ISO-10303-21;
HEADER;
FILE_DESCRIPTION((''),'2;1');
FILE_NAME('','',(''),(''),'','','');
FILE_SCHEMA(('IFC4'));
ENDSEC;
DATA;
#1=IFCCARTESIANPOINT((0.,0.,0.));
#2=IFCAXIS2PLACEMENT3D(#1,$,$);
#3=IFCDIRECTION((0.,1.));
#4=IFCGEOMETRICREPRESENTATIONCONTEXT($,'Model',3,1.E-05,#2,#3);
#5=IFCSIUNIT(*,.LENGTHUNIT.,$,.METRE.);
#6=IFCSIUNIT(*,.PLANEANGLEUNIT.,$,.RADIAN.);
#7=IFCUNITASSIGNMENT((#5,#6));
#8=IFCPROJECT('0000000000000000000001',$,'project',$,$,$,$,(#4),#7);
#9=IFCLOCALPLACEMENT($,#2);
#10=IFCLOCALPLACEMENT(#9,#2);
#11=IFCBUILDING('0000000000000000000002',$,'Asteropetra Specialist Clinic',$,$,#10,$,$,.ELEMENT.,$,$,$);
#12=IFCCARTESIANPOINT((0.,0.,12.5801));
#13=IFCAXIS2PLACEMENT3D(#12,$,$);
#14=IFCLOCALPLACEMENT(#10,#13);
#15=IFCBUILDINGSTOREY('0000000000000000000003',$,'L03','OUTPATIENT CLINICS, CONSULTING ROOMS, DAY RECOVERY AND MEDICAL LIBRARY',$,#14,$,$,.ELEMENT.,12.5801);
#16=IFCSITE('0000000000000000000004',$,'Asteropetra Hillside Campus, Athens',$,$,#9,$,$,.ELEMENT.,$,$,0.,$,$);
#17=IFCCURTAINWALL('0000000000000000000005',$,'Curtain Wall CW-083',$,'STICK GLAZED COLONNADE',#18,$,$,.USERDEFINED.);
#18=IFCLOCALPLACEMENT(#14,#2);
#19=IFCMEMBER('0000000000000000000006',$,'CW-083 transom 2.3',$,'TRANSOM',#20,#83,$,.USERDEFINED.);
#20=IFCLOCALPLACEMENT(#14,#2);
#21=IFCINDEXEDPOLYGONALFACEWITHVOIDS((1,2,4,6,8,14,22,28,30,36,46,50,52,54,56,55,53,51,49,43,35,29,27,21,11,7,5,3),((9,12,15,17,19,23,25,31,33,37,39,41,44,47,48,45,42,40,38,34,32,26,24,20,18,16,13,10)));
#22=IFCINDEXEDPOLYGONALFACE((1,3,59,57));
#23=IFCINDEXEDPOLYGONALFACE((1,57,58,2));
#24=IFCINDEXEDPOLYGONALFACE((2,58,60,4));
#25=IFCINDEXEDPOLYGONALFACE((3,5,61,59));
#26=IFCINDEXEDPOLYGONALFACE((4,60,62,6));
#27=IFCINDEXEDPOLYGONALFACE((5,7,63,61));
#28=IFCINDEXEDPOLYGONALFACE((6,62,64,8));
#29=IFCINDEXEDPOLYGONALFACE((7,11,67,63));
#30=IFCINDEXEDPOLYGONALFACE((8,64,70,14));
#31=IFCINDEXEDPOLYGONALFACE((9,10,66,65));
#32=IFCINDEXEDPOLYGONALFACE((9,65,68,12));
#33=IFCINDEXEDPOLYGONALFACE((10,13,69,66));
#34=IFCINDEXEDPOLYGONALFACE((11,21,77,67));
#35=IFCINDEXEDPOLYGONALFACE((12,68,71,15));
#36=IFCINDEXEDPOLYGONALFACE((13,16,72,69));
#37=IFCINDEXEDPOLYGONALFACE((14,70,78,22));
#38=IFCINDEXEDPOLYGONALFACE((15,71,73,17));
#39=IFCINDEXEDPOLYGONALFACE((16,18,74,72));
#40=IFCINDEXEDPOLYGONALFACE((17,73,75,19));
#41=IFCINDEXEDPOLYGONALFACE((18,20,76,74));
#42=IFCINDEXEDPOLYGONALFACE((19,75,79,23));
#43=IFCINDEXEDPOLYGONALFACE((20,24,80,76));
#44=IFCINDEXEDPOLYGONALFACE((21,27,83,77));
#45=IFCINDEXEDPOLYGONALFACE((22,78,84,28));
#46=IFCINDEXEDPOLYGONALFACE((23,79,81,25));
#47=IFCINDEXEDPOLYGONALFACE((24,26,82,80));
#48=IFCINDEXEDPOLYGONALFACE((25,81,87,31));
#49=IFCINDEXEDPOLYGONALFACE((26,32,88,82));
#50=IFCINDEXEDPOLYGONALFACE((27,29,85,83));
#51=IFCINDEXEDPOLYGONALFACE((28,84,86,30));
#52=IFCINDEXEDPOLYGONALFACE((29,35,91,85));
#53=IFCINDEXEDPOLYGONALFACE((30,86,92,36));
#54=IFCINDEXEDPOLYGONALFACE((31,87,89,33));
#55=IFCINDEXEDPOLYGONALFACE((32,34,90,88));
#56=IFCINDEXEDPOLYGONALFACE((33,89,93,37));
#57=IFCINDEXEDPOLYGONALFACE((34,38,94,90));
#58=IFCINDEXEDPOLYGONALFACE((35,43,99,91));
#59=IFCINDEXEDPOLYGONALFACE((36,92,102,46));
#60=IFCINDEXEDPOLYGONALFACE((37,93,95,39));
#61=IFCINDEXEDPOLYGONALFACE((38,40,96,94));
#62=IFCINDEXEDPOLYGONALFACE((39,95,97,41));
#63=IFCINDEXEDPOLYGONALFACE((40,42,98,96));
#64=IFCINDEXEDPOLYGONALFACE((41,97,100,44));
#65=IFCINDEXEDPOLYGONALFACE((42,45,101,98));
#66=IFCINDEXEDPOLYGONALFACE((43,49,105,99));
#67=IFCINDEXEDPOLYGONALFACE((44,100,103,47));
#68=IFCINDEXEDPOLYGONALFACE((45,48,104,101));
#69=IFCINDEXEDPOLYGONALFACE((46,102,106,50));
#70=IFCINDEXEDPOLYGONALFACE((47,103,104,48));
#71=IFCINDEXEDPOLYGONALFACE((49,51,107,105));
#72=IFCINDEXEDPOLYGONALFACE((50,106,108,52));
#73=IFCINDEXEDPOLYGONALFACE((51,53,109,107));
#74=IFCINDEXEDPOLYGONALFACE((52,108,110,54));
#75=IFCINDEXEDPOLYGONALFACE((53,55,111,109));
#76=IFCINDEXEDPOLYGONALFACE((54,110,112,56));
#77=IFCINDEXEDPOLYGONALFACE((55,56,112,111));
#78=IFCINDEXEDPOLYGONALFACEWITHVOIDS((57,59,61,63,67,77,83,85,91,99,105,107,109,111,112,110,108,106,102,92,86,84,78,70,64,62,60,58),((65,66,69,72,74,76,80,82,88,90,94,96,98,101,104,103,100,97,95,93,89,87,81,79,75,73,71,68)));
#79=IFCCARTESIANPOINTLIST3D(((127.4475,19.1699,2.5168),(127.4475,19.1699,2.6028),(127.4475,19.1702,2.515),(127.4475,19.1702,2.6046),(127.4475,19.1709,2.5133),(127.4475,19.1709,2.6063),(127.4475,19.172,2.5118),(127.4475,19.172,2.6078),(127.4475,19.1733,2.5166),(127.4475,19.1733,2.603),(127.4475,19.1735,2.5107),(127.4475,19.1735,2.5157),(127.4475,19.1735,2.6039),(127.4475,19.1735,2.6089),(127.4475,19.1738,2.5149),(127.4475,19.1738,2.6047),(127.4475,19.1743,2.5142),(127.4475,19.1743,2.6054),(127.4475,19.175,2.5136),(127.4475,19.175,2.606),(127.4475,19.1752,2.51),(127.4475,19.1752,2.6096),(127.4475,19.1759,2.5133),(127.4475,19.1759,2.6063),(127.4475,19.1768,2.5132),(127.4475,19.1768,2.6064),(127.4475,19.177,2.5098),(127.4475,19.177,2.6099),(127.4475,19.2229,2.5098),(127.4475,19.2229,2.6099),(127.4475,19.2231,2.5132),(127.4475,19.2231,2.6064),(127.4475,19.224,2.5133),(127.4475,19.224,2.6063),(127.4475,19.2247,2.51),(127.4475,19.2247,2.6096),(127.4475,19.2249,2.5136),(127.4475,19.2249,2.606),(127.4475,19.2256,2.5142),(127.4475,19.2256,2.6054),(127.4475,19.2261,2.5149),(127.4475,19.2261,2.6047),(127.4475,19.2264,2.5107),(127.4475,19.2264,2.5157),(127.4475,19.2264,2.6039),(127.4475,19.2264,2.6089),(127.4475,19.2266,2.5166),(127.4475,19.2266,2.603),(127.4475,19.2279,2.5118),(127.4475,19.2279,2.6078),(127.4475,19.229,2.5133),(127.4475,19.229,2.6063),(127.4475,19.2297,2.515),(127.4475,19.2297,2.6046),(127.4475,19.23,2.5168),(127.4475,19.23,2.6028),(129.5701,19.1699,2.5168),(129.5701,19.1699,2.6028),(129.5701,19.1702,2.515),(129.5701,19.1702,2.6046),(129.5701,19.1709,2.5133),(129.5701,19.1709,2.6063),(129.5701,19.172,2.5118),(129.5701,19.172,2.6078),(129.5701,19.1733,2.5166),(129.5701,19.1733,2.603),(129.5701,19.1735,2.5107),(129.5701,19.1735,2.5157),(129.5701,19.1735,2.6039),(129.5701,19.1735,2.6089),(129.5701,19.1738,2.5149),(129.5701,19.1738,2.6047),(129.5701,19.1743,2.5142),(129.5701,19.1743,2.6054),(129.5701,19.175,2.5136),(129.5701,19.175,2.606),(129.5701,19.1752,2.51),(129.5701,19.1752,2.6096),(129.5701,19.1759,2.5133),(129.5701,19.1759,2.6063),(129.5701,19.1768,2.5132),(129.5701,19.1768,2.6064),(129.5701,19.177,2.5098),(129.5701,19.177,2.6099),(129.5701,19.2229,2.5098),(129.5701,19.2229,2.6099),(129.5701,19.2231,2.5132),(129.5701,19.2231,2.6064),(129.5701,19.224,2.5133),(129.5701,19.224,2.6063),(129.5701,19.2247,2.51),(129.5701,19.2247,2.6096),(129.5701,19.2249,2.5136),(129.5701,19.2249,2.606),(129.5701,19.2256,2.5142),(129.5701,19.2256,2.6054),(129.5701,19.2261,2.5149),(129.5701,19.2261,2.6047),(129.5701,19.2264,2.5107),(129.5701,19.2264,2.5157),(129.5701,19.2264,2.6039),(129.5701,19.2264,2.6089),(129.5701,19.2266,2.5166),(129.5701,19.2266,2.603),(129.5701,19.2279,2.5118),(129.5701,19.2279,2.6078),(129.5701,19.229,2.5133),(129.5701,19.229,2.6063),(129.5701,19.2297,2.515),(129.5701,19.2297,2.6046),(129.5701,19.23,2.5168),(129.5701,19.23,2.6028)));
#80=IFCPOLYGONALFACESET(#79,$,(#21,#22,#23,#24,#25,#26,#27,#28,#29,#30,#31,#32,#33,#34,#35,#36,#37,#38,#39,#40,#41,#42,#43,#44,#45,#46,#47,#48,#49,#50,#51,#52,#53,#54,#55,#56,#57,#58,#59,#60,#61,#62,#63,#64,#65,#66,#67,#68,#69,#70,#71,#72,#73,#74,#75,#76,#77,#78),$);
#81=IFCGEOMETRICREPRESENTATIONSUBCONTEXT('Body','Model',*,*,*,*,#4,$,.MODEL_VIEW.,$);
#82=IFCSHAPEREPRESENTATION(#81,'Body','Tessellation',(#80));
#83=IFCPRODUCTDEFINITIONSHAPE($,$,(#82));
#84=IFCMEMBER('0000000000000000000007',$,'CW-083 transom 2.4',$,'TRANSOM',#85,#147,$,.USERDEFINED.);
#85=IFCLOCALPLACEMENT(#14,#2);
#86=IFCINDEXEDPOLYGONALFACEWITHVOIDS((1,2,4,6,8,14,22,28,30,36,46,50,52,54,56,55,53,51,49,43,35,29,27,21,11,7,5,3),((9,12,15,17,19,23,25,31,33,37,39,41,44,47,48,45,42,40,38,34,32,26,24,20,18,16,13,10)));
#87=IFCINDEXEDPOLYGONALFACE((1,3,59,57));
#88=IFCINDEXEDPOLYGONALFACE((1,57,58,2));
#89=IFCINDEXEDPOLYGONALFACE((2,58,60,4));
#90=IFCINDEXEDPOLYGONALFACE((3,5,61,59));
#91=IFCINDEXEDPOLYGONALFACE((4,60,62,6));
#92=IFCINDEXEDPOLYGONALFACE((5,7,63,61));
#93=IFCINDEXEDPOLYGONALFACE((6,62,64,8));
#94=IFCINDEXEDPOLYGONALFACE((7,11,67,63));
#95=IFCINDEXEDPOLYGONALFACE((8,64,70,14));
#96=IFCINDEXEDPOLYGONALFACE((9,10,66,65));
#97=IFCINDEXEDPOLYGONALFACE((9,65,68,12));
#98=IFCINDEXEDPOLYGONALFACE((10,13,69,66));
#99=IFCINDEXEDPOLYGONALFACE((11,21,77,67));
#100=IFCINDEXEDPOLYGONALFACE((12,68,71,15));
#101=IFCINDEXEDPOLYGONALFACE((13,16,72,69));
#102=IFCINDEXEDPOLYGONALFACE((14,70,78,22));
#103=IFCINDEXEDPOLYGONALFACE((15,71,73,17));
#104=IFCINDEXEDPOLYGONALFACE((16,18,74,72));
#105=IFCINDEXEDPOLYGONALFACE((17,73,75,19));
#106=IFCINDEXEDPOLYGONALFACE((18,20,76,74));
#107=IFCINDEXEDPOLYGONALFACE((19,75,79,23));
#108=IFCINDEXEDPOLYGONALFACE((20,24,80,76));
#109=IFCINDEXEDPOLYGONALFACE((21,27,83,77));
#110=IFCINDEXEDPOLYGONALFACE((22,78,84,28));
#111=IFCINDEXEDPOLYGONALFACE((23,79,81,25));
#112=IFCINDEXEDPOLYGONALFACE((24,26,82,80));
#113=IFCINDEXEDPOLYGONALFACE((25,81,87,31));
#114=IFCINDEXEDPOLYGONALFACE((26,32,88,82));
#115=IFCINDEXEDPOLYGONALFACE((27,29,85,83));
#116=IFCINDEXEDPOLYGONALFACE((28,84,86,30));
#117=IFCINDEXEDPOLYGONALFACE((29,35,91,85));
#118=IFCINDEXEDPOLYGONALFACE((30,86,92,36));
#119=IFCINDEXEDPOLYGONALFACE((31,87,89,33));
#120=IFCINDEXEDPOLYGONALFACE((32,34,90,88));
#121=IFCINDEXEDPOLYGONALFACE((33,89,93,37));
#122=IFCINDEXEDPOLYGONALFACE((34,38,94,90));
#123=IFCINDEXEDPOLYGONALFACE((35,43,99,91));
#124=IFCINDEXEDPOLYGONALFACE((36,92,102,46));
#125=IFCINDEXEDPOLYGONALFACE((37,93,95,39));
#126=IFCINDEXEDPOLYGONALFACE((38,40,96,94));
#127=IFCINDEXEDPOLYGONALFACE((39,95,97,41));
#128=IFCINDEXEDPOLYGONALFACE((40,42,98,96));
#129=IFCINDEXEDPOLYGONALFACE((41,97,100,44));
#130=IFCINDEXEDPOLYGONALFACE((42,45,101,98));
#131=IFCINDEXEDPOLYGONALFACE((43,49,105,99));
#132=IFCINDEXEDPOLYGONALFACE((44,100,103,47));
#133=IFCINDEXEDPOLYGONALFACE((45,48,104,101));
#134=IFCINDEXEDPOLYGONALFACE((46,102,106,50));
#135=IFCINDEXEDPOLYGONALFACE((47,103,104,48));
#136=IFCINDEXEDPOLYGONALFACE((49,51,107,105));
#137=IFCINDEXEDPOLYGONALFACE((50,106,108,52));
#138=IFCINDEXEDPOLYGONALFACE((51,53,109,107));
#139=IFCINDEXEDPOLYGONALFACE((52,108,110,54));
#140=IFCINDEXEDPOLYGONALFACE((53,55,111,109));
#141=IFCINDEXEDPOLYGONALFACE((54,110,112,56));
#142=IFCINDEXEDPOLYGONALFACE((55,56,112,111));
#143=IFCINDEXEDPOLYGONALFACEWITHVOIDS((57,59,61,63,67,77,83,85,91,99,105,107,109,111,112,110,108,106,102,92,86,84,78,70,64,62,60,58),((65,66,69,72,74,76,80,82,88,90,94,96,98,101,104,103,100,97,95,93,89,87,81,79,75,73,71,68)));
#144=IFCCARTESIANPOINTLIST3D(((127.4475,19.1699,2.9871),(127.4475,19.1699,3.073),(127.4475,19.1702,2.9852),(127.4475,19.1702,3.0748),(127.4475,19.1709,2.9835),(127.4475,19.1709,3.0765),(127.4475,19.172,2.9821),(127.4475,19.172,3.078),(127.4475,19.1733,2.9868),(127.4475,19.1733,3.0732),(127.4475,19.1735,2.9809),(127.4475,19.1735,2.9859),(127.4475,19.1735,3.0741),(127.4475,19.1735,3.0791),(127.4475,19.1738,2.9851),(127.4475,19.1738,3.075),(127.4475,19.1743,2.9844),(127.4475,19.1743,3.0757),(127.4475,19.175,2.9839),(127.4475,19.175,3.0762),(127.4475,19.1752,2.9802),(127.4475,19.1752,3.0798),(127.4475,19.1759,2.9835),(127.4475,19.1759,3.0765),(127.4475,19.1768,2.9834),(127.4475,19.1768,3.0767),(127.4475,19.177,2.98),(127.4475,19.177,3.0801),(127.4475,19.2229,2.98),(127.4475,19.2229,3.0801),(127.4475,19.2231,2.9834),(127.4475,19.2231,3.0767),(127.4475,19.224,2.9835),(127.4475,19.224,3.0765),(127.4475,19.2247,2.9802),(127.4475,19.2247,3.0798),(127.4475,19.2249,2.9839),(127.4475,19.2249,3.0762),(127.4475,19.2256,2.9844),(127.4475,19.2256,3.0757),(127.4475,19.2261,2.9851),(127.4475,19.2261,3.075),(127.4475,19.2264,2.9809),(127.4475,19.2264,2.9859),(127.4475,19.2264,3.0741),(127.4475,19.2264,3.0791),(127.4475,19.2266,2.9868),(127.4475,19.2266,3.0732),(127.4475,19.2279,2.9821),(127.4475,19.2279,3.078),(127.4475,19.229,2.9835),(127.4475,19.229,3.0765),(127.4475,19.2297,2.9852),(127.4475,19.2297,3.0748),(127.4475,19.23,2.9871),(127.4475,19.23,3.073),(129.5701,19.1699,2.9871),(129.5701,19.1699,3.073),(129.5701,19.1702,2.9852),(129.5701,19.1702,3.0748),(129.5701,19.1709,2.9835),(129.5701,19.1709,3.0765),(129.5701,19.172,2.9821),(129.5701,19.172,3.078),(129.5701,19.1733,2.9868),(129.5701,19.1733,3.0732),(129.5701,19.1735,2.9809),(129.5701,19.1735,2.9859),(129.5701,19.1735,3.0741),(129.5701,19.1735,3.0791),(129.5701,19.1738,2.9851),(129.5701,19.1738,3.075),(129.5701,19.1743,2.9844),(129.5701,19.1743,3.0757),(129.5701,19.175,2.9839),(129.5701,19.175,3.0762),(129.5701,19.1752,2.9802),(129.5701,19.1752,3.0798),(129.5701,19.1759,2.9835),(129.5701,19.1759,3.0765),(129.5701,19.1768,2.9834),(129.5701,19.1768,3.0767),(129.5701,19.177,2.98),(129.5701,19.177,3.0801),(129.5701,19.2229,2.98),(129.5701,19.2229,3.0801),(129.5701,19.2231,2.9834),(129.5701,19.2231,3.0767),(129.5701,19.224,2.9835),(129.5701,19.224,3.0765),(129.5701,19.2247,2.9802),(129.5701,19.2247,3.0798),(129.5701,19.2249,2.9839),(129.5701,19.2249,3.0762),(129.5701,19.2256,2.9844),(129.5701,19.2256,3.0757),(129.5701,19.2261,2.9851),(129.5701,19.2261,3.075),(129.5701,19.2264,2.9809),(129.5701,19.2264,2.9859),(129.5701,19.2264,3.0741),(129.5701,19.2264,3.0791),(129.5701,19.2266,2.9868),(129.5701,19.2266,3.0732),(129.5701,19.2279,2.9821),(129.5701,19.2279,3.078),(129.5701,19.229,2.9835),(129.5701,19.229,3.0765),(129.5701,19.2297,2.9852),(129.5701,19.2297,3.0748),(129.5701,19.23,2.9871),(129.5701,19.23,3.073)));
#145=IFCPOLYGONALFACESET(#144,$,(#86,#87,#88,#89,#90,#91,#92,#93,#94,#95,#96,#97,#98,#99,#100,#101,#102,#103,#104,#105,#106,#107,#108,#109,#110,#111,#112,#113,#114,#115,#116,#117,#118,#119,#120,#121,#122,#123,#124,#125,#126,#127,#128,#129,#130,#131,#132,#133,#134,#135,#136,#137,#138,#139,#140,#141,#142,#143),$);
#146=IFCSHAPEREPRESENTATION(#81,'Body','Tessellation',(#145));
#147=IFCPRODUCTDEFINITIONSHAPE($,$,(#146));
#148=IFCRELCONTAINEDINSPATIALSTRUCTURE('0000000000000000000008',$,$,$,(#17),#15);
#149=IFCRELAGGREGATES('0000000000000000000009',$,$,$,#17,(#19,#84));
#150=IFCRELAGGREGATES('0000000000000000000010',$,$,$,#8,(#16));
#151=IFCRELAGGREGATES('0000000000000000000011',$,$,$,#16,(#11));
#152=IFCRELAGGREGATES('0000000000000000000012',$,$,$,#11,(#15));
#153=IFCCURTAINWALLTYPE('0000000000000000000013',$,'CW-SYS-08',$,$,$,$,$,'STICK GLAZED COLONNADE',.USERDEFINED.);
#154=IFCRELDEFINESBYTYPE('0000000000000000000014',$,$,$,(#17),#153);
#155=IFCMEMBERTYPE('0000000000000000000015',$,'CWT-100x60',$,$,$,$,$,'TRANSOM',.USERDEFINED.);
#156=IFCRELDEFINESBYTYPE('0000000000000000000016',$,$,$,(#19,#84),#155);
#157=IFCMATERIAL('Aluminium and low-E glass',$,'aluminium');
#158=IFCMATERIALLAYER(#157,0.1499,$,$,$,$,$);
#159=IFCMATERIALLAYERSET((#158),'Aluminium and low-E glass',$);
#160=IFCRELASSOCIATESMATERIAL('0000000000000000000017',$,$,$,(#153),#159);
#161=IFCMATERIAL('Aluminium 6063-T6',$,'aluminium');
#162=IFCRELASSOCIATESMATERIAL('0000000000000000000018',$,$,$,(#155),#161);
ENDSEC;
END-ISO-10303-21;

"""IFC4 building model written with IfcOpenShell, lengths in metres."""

from ifc_helpers import new_model, si_unit, direction, frame, origin, origin_2d, place, context, subcontext, project, spatial, hollow_rectangle, extrude, material, layer, layer_set, material_profile, profile_set, type_object, element, aggregate, save


model = new_model("IFC4")

# Units and contexts
model_context = context("Model", 3, precision=1e-05, world=origin(), true_north=direction((0.0, 1.0)))
body_context = subcontext(model_context, "Body", "Model", "MODEL_VIEW")
ifc_project = project(units=[si_unit("LENGTHUNIT", "METRE"), si_unit("PLANEANGLEUNIT", "RADIAN")], contexts=[model_context])

# Site, building, storey
site_placement = place(None, origin())
site = spatial("IfcSite", under=ifc_project, at=site_placement, Name="Asteropetra Hillside Campus, Athens", CompositionType="ELEMENT", RefElevation=0.0)
building_placement = place(site_placement, origin())
building = spatial("IfcBuilding", under=site, at=building_placement, Name="Asteropetra Specialist Clinic", CompositionType="ELEMENT")
storey_placement = place(building_placement, frame((0.0, 0.0, 12.5801)))
storey = spatial("IfcBuildingStorey", under=building, at=storey_placement, Name="L03", Description="OUTPATIENT CLINICS, CONSULTING ROOMS, DAY RECOVERY AND MEDICAL LIBRARY", CompositionType="ELEMENT", Elevation=12.5801)

# Curtain wall
ifc_material_1 = material(Name="Aluminium and low-E glass", Category="aluminium")
ifc_layer_1 = layer(ifc_material_1, 0.1499)
ifc_layer_set_1 = layer_set([ifc_layer_1], Name="Aluminium and low-E glass")
curtain_wall_type_1 = type_object("IfcCurtainWallType", Name="CW-SYS-08", ElementType="STICK GLAZED COLONNADE", PredefinedType="USERDEFINED", material=ifc_layer_set_1)
curtain_wall_1_placement = place(storey_placement, origin())
curtain_wall_1 = element("IfcCurtainWall", 1, at=curtain_wall_1_placement, inside=storey, type_object=curtain_wall_type_1, Name="Curtain Wall CW-083", ObjectType="STICK GLAZED COLONNADE", PredefinedType="USERDEFINED")

# Members
ifc_material_2 = material(Name="Aluminium 6063-T6", Category="aluminium")
ifc_material_profile_1 = material_profile(ifc_material_2, hollow_rectangle(XDim=0.0601, YDim=0.1001, WallThickness=0.0034, InnerFilletRadius=0.0034, OuterFilletRadius=0.0071, at=origin_2d()), Name="TRN 100x60x3.5")
ifc_profile_set_1 = profile_set([ifc_material_profile_1], Name="Aluminium 6063-T6")
member_type_1 = type_object("IfcMemberType", Name="CWT-100x60", ElementType="TRANSOM", PredefinedType="USERDEFINED", material=ifc_profile_set_1)
member_1_placement = place(storey_placement, frame((127.4475, 19.2, 2.5598), z_axis=(1.0, 0.0, 0.0), x_axis=(0.0, 1.0, 0.0)))
member_1 = element("IfcMember", 2, at=member_1_placement, type_object=member_type_1, Name="CW-083 transom 2.3", ObjectType="TRANSOM", PredefinedType="USERDEFINED", context=body_context, shape_type="SweptSolid", body=[
    extrude(hollow_rectangle(XDim=0.0601, YDim=0.1001, WallThickness=0.0034, InnerFilletRadius=0.0034, OuterFilletRadius=0.0071, at=origin_2d()), origin(), (0.0, 0.0, 1.0), 2.1226),
])
member_2_placement = place(storey_placement, frame((127.4475, 19.2, 3.03), z_axis=(1.0, 0.0, 0.0), x_axis=(0.0, 1.0, 0.0)))
member_2 = element("IfcMember", 3, at=member_2_placement, type_object=member_type_1, Name="CW-083 transom 2.4", ObjectType="TRANSOM", PredefinedType="USERDEFINED", context=body_context, shape_type="SweptSolid", body=[
    extrude(hollow_rectangle(XDim=0.0601, YDim=0.1001, WallThickness=0.0034, InnerFilletRadius=0.0034, OuterFilletRadius=0.0071, at=origin_2d()), origin(), (0.0, 0.0, 1.0), 2.1226),
])

aggregate(curtain_wall_1, [member_1, member_2])

save(model, "model.ifc")
